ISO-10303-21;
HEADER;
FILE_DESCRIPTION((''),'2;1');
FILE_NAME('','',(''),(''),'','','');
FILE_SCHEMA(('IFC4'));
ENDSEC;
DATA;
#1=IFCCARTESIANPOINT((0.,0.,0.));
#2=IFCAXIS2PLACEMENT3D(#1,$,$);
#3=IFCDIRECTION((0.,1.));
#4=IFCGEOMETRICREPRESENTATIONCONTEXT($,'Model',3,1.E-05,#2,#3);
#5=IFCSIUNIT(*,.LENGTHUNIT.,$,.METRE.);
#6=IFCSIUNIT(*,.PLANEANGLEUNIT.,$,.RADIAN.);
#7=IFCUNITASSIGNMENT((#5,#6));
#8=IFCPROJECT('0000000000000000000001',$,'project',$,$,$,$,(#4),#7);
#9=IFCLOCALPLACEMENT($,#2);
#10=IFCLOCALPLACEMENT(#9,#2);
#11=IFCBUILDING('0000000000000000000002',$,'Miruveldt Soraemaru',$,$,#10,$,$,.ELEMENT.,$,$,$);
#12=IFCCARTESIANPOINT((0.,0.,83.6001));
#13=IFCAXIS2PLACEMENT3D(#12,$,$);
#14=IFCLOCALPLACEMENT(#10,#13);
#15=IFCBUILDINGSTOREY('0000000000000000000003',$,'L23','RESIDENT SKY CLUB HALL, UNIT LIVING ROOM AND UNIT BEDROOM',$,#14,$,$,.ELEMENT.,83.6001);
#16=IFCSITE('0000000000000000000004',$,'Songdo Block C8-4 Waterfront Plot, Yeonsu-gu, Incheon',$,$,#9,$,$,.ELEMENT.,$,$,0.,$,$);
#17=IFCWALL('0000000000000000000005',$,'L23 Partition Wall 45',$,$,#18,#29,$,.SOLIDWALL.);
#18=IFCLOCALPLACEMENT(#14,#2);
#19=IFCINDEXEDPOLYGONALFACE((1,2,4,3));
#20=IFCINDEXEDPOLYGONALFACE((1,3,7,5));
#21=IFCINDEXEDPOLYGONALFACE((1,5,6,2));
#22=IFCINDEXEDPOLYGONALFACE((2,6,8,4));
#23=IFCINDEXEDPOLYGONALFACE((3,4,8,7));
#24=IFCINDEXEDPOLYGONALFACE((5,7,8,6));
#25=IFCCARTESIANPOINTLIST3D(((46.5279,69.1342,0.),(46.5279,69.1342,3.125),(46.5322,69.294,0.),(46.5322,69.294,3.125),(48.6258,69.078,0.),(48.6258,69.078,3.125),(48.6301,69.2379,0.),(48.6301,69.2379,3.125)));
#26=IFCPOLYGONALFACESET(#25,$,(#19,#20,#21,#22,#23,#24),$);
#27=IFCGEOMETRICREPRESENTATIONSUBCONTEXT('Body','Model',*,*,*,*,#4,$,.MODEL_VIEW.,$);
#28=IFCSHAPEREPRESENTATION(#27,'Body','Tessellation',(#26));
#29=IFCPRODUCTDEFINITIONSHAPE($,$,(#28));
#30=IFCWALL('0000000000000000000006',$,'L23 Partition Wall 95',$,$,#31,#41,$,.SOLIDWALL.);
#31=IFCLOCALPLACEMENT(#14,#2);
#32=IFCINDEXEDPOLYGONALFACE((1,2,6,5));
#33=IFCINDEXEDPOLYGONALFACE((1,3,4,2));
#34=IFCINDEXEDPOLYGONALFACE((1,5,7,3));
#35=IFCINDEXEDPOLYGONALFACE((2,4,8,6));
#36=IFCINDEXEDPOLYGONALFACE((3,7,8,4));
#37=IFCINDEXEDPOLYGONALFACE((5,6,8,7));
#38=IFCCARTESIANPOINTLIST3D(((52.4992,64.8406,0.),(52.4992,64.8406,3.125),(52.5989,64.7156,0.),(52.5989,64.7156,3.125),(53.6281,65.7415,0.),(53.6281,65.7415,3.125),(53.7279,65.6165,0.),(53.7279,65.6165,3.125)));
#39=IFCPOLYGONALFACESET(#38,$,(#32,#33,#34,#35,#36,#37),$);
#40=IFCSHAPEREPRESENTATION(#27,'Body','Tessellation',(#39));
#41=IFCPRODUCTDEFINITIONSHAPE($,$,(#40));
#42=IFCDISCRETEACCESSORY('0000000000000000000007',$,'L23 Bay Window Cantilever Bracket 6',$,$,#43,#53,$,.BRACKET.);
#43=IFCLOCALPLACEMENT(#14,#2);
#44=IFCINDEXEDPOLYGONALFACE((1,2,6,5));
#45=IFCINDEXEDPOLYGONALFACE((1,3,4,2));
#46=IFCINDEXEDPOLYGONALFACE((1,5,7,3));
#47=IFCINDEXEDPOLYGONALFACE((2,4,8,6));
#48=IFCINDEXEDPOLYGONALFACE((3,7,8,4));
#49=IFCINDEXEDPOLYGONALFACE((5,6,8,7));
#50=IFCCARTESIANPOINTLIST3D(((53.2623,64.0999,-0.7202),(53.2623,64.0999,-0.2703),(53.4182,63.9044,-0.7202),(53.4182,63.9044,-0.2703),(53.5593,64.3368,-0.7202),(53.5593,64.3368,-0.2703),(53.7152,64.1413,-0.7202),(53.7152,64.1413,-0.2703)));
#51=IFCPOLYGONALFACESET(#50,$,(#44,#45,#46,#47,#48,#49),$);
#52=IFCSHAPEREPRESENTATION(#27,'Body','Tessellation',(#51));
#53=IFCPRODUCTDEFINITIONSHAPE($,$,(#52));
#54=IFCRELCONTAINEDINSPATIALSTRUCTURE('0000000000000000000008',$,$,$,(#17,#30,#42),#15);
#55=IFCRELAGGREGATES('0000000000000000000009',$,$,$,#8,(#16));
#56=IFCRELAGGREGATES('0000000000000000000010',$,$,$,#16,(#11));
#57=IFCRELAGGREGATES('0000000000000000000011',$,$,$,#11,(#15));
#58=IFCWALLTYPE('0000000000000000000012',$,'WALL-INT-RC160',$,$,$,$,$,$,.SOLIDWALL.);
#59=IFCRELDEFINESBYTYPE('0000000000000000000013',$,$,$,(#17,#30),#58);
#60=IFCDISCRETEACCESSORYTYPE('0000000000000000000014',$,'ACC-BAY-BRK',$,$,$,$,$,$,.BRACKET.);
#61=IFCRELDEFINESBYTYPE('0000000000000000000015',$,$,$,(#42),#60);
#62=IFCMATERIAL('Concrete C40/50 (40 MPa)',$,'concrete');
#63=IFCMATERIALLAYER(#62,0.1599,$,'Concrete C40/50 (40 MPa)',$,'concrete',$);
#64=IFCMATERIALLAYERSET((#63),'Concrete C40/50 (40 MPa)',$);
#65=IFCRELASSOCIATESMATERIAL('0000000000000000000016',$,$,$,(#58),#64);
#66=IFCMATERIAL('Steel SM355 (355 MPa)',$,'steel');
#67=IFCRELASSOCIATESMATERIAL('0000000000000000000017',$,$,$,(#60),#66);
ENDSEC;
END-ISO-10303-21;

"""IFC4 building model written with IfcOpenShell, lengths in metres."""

from ifc_helpers import new_model, si_unit, direction, frame, frame_2d, origin, origin_2d, place, context, subcontext, project, spatial, rectangle, extrude, material, layer, layer_set, type_object, element, save


model = new_model("IFC4")

# Units and contexts
model_context = context("Model", 3, precision=1e-05, world=origin(), true_north=direction((0.0, 1.0)))
body_context = subcontext(model_context, "Body", "Model", "MODEL_VIEW")
ifc_project = project(units=[si_unit("LENGTHUNIT", "METRE"), si_unit("PLANEANGLEUNIT", "RADIAN")], contexts=[model_context])

# Site, building, storey
site_placement = place(None, origin())
site = spatial("IfcSite", under=ifc_project, at=site_placement, Name="Songdo Block C8-4 Waterfront Plot, Yeonsu-gu, Incheon", CompositionType="ELEMENT", RefElevation=0.0)
building_placement = place(site_placement, origin())
building = spatial("IfcBuilding", under=site, at=building_placement, Name="Miruveldt Soraemaru", CompositionType="ELEMENT")
storey_placement = place(building_placement, frame((0.0, 0.0, 83.6001)))
storey = spatial("IfcBuildingStorey", under=building, at=storey_placement, Name="L23", Description="RESIDENT SKY CLUB HALL, UNIT LIVING ROOM AND UNIT BEDROOM", CompositionType="ELEMENT", Elevation=83.6001)

# Shared definitions
ifc_material_1 = material(Name="Steel SM355 (355 MPa)", Category="steel")

# Shared definitions
ifc_material_2 = material(Name="Concrete C40/50 (40 MPa)", Category="concrete")
ifc_layer_1 = layer(ifc_material_2, 0.1599, Name="Concrete C40/50 (40 MPa)", Category="concrete")
ifc_layer_set_1 = layer_set([ifc_layer_1], Name="Concrete C40/50 (40 MPa)")
wall_type_1 = type_object("IfcWallType", Name="WALL-INT-RC160", PredefinedType="SOLIDWALL", material=ifc_layer_set_1)

# Walls
wall_1_placement = place(storey_placement, frame((46.53, 69.2141, 0.0), z_axis=(0.0, 0.0, 1.0), x_axis=(0.999642, -0.026756, 0.0)))
element("IfcWall", 1, at=wall_1_placement, inside=storey, type_object=wall_type_1, Name="L23 Partition Wall 45", PredefinedType="SOLIDWALL", context=body_context, shape_type="SweptSolid", body=[
    extrude(rectangle(XDim=2.0986, YDim=0.1599, at=frame_2d((1.0493, 0.0))), origin(), (0.0, 0.0, 1.0), 3.125),
])
wall_2_placement = place(storey_placement, frame((52.5491, 64.7781, 0.0), z_axis=(0.0, 0.0, 1.0), x_axis=(0.781627, 0.623746, 0.0)))
element("IfcWall", 2, at=wall_2_placement, inside=storey, type_object=wall_type_1, Name="L23 Partition Wall 95", PredefinedType="SOLIDWALL", context=body_context, shape_type="SweptSolid", body=[
    extrude(rectangle(XDim=1.4443, YDim=0.1599, at=frame_2d((0.7222, 0.0))), origin(), (0.0, 0.0, 1.0), 3.125),
])

# Discrete accessory
discrete_accessory_type = type_object("IfcDiscreteAccessoryType", Name="ACC-BAY-BRK", PredefinedType="BRACKET", material=ifc_material_1)
discrete_accessory_placement = place(storey_placement, frame((53.4888, 64.1206, -0.7202), z_axis=(0.0, 0.0, 1.0), x_axis=(0.781727, 0.62362, 0.0)))
element("IfcDiscreteAccessory", 3, at=discrete_accessory_placement, inside=storey, type_object=discrete_accessory_type, Name="L23 Bay Window Cantilever Bracket 6", PredefinedType="BRACKET", context=body_context, shape_type="SweptSolid", body=[
    extrude(rectangle(XDim=0.3799, YDim=0.25, at=origin_2d()), origin(), (0.0, 0.0, 1.0), 0.45),
])

save(model, "model.ifc")
